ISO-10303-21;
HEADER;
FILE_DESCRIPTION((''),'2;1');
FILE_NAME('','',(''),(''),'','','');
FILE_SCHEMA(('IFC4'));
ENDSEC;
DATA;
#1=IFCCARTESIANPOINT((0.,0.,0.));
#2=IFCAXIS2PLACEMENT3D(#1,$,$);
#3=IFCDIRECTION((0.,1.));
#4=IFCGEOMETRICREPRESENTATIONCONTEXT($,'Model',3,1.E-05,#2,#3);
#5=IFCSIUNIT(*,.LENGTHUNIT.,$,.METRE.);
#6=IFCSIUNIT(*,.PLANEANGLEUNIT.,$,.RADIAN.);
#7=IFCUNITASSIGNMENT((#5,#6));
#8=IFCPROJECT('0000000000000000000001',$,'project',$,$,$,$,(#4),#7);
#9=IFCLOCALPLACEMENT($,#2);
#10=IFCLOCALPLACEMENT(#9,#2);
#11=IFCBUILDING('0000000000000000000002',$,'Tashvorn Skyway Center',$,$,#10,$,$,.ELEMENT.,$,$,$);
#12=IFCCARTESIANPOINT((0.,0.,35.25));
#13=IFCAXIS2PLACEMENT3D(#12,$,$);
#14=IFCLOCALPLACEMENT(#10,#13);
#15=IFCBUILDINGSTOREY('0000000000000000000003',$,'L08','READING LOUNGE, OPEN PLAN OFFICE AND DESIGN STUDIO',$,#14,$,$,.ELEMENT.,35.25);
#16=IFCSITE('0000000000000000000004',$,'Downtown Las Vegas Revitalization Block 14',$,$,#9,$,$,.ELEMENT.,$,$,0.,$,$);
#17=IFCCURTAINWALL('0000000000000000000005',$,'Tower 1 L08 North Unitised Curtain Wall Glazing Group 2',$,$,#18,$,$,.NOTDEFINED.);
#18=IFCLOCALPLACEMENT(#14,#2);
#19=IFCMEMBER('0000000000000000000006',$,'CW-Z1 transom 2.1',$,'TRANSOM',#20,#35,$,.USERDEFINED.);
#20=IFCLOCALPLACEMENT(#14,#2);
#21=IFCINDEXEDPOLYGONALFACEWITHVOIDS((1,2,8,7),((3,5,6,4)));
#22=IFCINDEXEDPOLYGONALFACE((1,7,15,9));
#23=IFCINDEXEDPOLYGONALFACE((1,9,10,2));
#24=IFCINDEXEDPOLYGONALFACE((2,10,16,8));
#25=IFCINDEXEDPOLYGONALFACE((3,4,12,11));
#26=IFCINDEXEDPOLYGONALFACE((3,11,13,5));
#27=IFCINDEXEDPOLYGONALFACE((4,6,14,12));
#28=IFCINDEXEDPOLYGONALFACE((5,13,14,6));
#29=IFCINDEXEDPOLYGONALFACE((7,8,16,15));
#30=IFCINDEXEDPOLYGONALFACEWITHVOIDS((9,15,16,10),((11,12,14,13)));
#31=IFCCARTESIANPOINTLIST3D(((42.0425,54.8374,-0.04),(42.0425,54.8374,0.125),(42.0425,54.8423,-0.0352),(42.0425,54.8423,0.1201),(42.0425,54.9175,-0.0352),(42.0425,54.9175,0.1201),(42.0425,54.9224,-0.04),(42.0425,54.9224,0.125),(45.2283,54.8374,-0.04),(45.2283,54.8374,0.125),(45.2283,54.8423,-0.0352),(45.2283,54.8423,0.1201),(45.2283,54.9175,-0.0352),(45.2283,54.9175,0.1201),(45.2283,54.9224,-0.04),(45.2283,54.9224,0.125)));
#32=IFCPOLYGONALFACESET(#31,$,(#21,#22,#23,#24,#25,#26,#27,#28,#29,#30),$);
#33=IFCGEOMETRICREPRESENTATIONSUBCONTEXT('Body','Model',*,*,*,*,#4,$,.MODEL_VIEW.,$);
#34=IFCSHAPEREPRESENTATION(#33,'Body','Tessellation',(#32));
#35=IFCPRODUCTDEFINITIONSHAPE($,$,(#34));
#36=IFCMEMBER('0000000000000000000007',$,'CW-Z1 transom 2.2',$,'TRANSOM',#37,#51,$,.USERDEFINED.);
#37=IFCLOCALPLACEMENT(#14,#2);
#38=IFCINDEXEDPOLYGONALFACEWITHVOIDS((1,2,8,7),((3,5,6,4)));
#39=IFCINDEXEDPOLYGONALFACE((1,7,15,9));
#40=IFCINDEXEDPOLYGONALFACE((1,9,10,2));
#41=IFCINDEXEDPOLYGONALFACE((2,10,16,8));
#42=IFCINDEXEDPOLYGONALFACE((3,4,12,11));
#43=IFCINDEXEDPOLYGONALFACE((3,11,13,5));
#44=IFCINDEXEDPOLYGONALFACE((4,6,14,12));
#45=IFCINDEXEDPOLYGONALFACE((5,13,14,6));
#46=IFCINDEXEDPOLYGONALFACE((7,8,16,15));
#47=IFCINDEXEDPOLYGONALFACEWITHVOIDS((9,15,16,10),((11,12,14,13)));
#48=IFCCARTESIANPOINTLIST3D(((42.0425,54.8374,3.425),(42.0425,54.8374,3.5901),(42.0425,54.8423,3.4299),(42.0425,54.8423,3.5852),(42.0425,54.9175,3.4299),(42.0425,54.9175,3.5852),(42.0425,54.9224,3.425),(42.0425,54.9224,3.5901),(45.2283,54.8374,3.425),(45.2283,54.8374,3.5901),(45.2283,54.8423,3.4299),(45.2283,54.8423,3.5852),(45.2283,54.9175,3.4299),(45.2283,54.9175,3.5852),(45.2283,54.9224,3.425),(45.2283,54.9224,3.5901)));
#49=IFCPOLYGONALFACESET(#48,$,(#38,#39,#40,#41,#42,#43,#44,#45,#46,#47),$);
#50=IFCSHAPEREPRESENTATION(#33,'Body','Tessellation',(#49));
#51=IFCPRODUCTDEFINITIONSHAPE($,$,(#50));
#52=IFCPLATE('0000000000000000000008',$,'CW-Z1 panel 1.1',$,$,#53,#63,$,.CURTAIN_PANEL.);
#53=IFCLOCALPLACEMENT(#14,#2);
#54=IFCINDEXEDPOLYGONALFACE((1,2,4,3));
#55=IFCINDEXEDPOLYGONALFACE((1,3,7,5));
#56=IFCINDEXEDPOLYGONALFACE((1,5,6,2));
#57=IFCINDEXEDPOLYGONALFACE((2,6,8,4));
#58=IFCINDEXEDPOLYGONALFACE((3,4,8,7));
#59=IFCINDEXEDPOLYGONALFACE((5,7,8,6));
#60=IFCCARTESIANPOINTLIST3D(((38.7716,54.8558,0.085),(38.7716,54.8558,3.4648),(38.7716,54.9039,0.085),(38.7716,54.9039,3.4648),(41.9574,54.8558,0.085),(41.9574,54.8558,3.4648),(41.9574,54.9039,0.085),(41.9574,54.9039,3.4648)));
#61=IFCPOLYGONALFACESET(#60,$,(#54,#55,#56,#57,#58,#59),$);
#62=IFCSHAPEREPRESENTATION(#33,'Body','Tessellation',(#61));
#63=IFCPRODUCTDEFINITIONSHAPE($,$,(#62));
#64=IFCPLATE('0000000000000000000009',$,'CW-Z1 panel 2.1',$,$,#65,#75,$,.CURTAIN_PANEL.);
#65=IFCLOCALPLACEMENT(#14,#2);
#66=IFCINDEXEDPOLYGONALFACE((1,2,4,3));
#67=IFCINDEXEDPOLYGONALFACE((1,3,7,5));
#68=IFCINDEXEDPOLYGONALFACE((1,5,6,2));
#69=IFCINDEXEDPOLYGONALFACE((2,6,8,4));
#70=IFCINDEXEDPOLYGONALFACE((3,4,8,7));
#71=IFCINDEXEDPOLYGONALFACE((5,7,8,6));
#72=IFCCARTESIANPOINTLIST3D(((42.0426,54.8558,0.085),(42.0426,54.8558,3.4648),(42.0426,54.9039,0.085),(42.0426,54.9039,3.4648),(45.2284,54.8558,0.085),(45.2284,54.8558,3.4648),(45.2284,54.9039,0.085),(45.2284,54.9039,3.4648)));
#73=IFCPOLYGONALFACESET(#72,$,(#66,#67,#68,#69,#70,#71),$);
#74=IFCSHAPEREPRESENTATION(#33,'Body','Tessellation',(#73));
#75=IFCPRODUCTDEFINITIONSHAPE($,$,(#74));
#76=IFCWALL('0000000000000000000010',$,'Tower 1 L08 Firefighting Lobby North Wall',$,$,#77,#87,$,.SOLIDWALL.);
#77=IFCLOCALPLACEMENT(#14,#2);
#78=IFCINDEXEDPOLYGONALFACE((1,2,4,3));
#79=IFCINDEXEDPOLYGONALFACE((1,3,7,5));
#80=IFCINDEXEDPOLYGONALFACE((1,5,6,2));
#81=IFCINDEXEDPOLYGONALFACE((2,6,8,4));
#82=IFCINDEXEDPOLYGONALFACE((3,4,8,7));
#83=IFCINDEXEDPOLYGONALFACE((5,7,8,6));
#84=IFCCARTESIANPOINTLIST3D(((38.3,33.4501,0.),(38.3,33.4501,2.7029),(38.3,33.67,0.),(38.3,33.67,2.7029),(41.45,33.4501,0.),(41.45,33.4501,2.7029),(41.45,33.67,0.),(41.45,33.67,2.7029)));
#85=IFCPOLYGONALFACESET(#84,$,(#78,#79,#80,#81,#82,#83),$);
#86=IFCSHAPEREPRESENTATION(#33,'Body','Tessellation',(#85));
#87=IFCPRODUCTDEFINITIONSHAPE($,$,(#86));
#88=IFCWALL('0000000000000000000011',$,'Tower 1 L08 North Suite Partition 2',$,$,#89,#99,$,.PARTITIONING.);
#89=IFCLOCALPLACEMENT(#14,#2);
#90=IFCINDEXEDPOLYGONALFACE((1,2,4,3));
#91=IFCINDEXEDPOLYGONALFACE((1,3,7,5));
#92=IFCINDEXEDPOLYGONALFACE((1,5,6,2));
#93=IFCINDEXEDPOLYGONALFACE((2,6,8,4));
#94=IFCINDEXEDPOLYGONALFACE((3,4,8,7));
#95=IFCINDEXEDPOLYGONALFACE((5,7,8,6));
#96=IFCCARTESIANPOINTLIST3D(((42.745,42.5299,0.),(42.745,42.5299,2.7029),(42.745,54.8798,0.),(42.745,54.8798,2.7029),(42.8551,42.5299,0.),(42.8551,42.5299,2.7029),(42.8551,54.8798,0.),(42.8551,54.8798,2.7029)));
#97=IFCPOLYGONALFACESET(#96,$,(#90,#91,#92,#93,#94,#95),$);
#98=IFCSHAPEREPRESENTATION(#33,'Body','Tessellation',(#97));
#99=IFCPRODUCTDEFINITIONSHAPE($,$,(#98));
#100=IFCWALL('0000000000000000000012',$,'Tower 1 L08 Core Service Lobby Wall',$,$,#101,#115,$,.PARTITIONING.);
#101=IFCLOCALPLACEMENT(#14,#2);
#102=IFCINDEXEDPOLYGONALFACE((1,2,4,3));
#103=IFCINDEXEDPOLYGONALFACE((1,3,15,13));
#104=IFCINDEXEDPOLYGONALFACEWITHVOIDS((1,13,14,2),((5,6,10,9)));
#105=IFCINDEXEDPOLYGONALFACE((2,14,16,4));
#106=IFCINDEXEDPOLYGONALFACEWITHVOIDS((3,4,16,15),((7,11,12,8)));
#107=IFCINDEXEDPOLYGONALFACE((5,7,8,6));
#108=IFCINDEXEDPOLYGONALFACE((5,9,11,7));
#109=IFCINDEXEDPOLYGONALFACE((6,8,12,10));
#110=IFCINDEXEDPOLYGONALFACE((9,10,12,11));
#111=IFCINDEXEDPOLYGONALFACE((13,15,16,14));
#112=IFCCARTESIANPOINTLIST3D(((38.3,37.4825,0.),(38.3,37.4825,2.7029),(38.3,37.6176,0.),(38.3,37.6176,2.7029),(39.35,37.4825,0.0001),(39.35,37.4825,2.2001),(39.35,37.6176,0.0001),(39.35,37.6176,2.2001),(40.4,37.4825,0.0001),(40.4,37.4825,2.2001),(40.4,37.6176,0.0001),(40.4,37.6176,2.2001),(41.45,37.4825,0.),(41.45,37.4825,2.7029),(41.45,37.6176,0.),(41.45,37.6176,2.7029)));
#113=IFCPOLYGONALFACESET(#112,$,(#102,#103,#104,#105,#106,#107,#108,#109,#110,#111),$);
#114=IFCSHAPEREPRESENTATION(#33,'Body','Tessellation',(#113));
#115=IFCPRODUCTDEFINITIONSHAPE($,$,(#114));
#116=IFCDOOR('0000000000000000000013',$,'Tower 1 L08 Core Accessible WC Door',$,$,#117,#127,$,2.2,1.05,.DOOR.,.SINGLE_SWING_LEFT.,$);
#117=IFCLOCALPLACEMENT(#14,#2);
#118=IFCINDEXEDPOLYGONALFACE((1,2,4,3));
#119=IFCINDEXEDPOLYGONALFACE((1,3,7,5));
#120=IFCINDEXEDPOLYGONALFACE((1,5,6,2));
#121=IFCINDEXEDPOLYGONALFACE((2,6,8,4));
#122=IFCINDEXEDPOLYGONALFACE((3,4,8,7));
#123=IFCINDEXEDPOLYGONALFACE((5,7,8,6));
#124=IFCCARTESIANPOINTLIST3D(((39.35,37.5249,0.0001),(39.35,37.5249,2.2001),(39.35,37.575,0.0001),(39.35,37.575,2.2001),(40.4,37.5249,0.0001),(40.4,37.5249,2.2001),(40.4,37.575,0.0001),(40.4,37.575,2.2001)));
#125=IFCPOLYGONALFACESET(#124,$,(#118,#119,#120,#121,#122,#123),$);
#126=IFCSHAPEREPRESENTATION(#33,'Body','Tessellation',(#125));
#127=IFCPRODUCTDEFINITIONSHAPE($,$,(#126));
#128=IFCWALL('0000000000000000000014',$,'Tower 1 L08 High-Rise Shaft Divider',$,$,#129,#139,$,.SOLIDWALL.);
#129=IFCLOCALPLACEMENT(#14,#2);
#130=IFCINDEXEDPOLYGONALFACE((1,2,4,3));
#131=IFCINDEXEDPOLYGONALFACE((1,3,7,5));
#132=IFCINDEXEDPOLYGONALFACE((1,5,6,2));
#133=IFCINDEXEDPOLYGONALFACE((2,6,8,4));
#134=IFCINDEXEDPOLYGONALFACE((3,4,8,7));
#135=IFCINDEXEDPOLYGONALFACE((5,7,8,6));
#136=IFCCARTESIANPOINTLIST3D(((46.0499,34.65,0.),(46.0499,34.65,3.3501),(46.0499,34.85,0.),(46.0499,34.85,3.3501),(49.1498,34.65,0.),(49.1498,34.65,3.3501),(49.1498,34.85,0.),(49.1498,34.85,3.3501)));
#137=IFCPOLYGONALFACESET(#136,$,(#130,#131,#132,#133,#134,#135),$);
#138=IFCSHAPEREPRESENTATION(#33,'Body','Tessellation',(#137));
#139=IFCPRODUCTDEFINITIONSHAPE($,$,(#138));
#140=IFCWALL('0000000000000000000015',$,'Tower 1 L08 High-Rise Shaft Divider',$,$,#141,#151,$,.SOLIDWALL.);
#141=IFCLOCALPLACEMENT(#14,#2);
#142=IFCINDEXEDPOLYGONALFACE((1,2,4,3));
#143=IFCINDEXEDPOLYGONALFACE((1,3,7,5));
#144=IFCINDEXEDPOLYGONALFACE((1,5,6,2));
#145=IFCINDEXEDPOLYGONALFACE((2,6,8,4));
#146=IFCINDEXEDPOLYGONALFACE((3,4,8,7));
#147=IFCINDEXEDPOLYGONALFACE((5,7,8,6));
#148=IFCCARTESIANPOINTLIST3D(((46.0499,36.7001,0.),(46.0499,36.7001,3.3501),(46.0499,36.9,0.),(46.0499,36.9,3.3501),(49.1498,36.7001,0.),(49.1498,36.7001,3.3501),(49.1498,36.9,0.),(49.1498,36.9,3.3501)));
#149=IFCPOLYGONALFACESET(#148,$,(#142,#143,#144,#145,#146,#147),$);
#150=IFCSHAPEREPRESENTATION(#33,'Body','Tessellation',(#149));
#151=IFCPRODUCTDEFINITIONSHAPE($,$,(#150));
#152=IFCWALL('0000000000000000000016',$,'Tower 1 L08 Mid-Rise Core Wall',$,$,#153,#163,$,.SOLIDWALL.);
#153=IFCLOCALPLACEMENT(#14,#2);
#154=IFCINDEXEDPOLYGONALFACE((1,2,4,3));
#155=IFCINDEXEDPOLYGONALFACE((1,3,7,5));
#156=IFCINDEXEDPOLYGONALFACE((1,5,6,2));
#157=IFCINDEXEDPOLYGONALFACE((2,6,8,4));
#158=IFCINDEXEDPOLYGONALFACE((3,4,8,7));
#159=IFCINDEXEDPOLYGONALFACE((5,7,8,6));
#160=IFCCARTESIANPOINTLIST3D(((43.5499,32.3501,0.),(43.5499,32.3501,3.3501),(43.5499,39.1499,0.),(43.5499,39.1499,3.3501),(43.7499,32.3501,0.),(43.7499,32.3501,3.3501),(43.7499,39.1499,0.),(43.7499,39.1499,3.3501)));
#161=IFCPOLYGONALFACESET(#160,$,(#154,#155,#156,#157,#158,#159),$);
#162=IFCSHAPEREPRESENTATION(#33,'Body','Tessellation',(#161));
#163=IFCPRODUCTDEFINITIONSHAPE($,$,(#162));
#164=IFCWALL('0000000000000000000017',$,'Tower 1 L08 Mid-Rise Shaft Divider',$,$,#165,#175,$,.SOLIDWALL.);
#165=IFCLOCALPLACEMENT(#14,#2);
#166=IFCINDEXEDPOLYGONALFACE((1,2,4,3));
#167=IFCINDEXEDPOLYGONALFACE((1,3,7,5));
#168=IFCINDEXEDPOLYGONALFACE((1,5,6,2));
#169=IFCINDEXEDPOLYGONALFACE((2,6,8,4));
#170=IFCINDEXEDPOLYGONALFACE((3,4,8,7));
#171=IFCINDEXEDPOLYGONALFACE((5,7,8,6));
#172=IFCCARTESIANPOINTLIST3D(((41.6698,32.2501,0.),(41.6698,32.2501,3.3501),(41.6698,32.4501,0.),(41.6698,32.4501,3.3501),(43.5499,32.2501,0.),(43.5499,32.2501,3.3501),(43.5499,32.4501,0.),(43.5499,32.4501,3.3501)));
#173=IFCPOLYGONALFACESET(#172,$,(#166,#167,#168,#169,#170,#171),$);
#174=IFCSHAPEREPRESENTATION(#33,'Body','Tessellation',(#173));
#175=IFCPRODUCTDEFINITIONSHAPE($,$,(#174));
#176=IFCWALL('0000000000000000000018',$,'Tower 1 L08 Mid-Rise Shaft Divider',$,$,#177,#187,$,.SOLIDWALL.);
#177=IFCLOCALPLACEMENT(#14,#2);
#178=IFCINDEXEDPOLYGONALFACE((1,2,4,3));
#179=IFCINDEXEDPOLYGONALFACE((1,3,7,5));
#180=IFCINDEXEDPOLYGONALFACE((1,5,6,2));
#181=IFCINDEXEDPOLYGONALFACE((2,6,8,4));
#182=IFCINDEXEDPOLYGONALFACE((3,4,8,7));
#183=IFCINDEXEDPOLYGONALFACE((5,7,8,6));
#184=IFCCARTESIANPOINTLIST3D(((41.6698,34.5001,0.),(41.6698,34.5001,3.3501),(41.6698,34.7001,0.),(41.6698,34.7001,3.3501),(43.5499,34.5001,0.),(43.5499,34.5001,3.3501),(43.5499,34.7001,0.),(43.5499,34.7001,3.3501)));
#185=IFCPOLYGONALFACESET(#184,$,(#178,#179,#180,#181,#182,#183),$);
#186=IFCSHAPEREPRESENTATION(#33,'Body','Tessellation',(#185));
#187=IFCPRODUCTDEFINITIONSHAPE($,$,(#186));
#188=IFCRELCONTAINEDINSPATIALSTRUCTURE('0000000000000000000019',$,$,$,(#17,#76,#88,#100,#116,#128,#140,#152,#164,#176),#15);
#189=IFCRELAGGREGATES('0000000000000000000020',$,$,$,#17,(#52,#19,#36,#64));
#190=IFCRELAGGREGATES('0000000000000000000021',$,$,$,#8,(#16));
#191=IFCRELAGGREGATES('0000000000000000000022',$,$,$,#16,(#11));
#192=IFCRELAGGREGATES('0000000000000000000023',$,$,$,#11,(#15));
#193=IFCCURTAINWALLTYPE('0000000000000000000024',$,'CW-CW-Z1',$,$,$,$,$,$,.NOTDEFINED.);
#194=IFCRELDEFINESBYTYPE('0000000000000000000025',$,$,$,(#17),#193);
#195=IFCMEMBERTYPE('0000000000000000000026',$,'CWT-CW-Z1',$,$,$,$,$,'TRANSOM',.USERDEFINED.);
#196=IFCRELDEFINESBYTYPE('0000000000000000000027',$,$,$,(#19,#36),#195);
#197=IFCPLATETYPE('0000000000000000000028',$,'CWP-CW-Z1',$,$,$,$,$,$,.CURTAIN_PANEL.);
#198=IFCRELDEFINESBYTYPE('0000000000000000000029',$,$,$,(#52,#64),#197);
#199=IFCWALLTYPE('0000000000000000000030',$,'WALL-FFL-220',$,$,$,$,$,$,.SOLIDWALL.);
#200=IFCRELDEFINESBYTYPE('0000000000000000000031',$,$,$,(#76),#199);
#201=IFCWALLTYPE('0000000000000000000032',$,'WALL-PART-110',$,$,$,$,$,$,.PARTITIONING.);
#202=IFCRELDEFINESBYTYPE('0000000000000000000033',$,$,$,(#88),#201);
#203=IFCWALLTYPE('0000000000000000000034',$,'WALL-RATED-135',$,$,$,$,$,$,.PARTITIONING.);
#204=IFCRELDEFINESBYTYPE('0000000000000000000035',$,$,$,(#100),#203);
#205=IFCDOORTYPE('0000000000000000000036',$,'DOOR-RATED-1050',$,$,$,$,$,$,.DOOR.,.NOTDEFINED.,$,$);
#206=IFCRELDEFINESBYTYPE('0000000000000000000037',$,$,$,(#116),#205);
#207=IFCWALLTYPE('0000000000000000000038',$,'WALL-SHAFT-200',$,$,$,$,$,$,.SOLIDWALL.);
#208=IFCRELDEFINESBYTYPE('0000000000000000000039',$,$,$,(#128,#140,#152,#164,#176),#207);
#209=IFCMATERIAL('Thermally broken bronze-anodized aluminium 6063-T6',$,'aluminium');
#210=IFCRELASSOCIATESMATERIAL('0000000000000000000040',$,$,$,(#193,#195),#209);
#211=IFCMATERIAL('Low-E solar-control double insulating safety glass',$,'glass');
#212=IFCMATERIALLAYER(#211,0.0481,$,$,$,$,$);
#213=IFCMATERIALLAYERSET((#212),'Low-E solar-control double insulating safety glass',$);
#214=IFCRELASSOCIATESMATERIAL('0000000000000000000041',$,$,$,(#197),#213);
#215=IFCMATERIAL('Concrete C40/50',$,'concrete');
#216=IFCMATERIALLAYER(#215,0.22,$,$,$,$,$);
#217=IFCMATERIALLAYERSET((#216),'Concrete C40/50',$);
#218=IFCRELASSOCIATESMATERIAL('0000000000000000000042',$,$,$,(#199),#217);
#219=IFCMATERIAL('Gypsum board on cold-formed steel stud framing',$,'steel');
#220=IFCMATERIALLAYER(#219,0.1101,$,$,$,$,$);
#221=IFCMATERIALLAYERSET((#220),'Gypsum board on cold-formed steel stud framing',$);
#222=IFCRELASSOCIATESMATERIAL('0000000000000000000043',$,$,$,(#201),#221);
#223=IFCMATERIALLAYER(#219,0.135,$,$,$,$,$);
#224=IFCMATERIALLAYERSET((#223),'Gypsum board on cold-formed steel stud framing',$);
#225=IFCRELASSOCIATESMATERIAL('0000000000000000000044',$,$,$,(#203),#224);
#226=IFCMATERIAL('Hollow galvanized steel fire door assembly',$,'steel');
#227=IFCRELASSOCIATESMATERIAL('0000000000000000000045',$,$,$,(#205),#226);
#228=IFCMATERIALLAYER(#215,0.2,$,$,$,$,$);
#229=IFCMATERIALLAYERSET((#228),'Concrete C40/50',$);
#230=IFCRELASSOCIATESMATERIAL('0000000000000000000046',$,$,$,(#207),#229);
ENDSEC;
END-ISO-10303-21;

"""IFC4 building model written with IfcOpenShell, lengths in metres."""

from ifc_helpers import new_model, si_unit, direction, frame, frame_2d, origin, origin_2d, place, context, subcontext, project, spatial, rectangle, hollow_rectangle, extrude, material, layer, layer_set, material_profile, profile_set, type_object, element, fill, aggregate, save


model = new_model("IFC4")

# Units and contexts
model_context = context("Model", 3, precision=1e-05, world=origin(), true_north=direction((0.0, 1.0)))
body_context = subcontext(model_context, "Body", "Model", "MODEL_VIEW")
ifc_project = project(units=[si_unit("LENGTHUNIT", "METRE"), si_unit("PLANEANGLEUNIT", "RADIAN")], contexts=[model_context])

# Site, building, storey
site_placement = place(None, origin())
site = spatial("IfcSite", under=ifc_project, at=site_placement, Name="Downtown Las Vegas Revitalization Block 14", CompositionType="ELEMENT", RefElevation=0.0)
building_placement = place(site_placement, origin())
building = spatial("IfcBuilding", under=site, at=building_placement, Name="Tashvorn Skyway Center", CompositionType="ELEMENT")
storey_placement = place(building_placement, frame((0.0, 0.0, 35.25)))
storey = spatial("IfcBuildingStorey", under=building, at=storey_placement, Name="L08", Description="READING LOUNGE, OPEN PLAN OFFICE AND DESIGN STUDIO", CompositionType="ELEMENT", Elevation=35.25)

# Curtain wall, members, plates
ifc_material_1 = material(Name="Thermally broken bronze-anodized aluminium 6063-T6", Category="aluminium")
curtain_wall_type = type_object("IfcCurtainWallType", Name="CW-CW-Z1", PredefinedType="NOTDEFINED", material=ifc_material_1)
curtain_wall_placement = place(storey_placement, origin())
curtain_wall = element("IfcCurtainWall", 1, at=curtain_wall_placement, inside=storey, type_object=curtain_wall_type, Name="Tower 1 L08 North Unitised Curtain Wall Glazing Group 2", PredefinedType="NOTDEFINED")
ifc_material_profile_1 = material_profile(ifc_material_1, hollow_rectangle(XDim=0.085, YDim=0.165, WallThickness=0.0049, at=origin_2d()), Name="ALU-TRAN-85x165")
ifc_profile_set_1 = profile_set([ifc_material_profile_1], Name="Thermally broken bronze-anodized aluminium 6063-T6")
member_type_1 = type_object("IfcMemberType", Name="CWT-CW-Z1", ElementType="TRANSOM", PredefinedType="USERDEFINED", material=ifc_profile_set_1)
member_1_placement = place(storey_placement, frame((42.0425, 54.8799, 0.0425), z_axis=(1.0, 0.0, 0.0), x_axis=(0.0, 1.0, 0.0)))
member_1 = element("IfcMember", 2, at=member_1_placement, type_object=member_type_1, Name="CW-Z1 transom 2.1", ObjectType="TRANSOM", PredefinedType="USERDEFINED", context=body_context, shape_type="SweptSolid", body=[
    extrude(hollow_rectangle(XDim=0.085, YDim=0.165, WallThickness=0.0049, at=origin_2d()), origin(), (0.0, 0.0, 1.0), 3.1858),
])
member_2_placement = place(storey_placement, frame((42.0425, 54.8799, 3.5076), z_axis=(1.0, 0.0, 0.0), x_axis=(0.0, 1.0, 0.0)))
member_2 = element("IfcMember", 3, at=member_2_placement, type_object=member_type_1, Name="CW-Z1 transom 2.2", ObjectType="TRANSOM", PredefinedType="USERDEFINED", context=body_context, shape_type="SweptSolid", body=[
    extrude(hollow_rectangle(XDim=0.085, YDim=0.165, WallThickness=0.0049, at=origin_2d()), origin(), (0.0, 0.0, 1.0), 3.1858),
])
ifc_material_2 = material(Name="Low-E solar-control double insulating safety glass", Category="glass")
ifc_layer_1 = layer(ifc_material_2, 0.0481)
ifc_layer_set_1 = layer_set([ifc_layer_1], Name="Low-E solar-control double insulating safety glass")
plate_type = type_object("IfcPlateType", Name="CWP-CW-Z1", PredefinedType="CURTAIN_PANEL", material=ifc_layer_set_1)
plate_1_placement = place(storey_placement, frame((40.3645, 54.8799, 0.085), z_axis=(0.0, 0.0, 1.0), x_axis=(1.0, 0.0, 0.0)))
plate_1 = element("IfcPlate", 4, at=plate_1_placement, type_object=plate_type, Name="CW-Z1 panel 1.1", PredefinedType="CURTAIN_PANEL", context=body_context, shape_type="SweptSolid", body=[
    extrude(rectangle(XDim=3.1858, YDim=0.0481, at=origin_2d()), origin(), (0.0, 0.0, 1.0), 3.3799),
])
plate_2_placement = place(storey_placement, frame((43.6355, 54.8799, 0.085), z_axis=(0.0, 0.0, 1.0), x_axis=(1.0, 0.0, 0.0)))
plate_2 = element("IfcPlate", 5, at=plate_2_placement, type_object=plate_type, Name="CW-Z1 panel 2.1", PredefinedType="CURTAIN_PANEL", context=body_context, shape_type="SweptSolid", body=[
    extrude(rectangle(XDim=3.1858, YDim=0.0481, at=origin_2d()), origin(), (0.0, 0.0, 1.0), 3.3799),
])
aggregate(curtain_wall, [plate_1, member_1, member_2, plate_2])

# Walls
ifc_material_3 = material(Name="Concrete C40/50", Category="concrete")
ifc_layer_2 = layer(ifc_material_3, 0.22)
ifc_layer_set_2 = layer_set([ifc_layer_2], Name="Concrete C40/50")
wall_type_1 = type_object("IfcWallType", Name="WALL-FFL-220", PredefinedType="SOLIDWALL", material=ifc_layer_set_2)
wall_1_placement = place(storey_placement, frame((38.3, 33.5601, 0.0), z_axis=(0.0, 0.0, 1.0), x_axis=(1.0, 0.0, 0.0)))
element("IfcWall", 6, at=wall_1_placement, inside=storey, type_object=wall_type_1, Name="Tower 1 L08 Firefighting Lobby North Wall", PredefinedType="SOLIDWALL", context=body_context, shape_type="SweptSolid", body=[
    extrude(rectangle(XDim=3.1499, YDim=0.22, at=frame_2d((1.575, 0.0))), origin(), (0.0, 0.0, 1.0), 2.7029),
])
ifc_material_4 = material(Name="Gypsum board on cold-formed steel stud framing", Category="steel")
ifc_layer_3 = layer(ifc_material_4, 0.1101)
ifc_layer_set_3 = layer_set([ifc_layer_3], Name="Gypsum board on cold-formed steel stud framing")
wall_type_2 = type_object("IfcWallType", Name="WALL-PART-110", PredefinedType="PARTITIONING", material=ifc_layer_set_3)
wall_2_placement = place(storey_placement, frame((42.8, 42.53, 0.0), z_axis=(0.0, 0.0, 1.0), x_axis=(0.0, 1.0, 0.0)))
element("IfcWall", 7, at=wall_2_placement, inside=storey, type_object=wall_type_2, Name="Tower 1 L08 North Suite Partition 2", PredefinedType="PARTITIONING", context=body_context, shape_type="SweptSolid", body=[
    extrude(rectangle(XDim=12.3499, YDim=0.1101, at=frame_2d((6.1748, 0.0))), origin(), (0.0, 0.0, 1.0), 2.7029),
])

# Wall, opening, door
ifc_layer_4 = layer(ifc_material_4, 0.135)
ifc_layer_set_4 = layer_set([ifc_layer_4], Name="Gypsum board on cold-formed steel stud framing")
wall_type_3 = type_object("IfcWallType", Name="WALL-RATED-135", PredefinedType="PARTITIONING", material=ifc_layer_set_4)
wall_3_placement = place(storey_placement, frame((38.3, 37.55, 0.0), z_axis=(0.0, 0.0, 1.0), x_axis=(1.0, 0.0, 0.0)))
wall_3 = element("IfcWall", 8, at=wall_3_placement, inside=storey, type_object=wall_type_3, Name="Tower 1 L08 Core Service Lobby Wall", PredefinedType="PARTITIONING", context=body_context, shape_type="SweptSolid", body=[
    extrude(rectangle(XDim=3.1499, YDim=0.135, at=frame_2d((1.575, 0.0))), origin(), (0.0, 0.0, 1.0), 2.7029),
])
opening_1_placement = place(wall_3_placement, frame((1.05, 0.0, 0.0)))
opening_1 = element("IfcOpeningElement", 9, at=opening_1_placement, cuts=wall_3, PredefinedType="OPENING", context=body_context, shape_type="SweptSolid", body=[
    extrude(rectangle(XDim=1.05, YDim=2.2, at=frame_2d((0.5249, 1.1001))), frame((0.0, 0.0774, 0.0), z_axis=(0.0, -1.0, 0.0), x_axis=(1.0, 0.0, 0.0)), (0.0, 0.0, 1.0), 0.155),
])
ifc_material_5 = material(Name="Hollow galvanized steel fire door assembly", Category="steel")
door_type_1 = type_object("IfcDoorType", Name="DOOR-RATED-1050", OperationType="NOTDEFINED", PredefinedType="DOOR", material=ifc_material_5)
door_1_placement = place(opening_1_placement, origin())
door_1 = element("IfcDoor", 10, at=door_1_placement, inside=storey, type_object=door_type_1, Name="Tower 1 L08 Core Accessible WC Door", OperationType="SINGLE_SWING_LEFT", OverallHeight=2.2, OverallWidth=1.05, PredefinedType="DOOR", context=body_context, shape_type="SweptSolid", body=[
    extrude(rectangle(XDim=1.05, YDim=2.2, at=frame_2d((0.5249, 1.1001))), frame((0.0, 0.0249, 0.0), z_axis=(0.0, -1.0, 0.0), x_axis=(1.0, 0.0, 0.0)), (0.0, 0.0, 1.0), 0.05),
])
fill(opening_1, door_1)

# Walls
ifc_layer_5 = layer(ifc_material_3, 0.2)
ifc_layer_set_5 = layer_set([ifc_layer_5], Name="Concrete C40/50")
wall_type_4 = type_object("IfcWallType", Name="WALL-SHAFT-200", PredefinedType="SOLIDWALL", material=ifc_layer_set_5)
for number, where, z_axis, x_axis, name in (
    (11, (46.05, 34.75, 0.0), (0.0, 0.0, 1.0), (1.0, 0.0, 0.0), "Tower 1 L08 High-Rise Shaft Divider"),
    (12, (46.05, 36.8, 0.0), (0.0, 0.0, 1.0), (1.0, 0.0, 0.0), "Tower 1 L08 High-Rise Shaft Divider"),
):
    element("IfcWall", number, at=place(storey_placement, frame(where, z_axis=z_axis, x_axis=x_axis)), inside=storey, type_object=wall_type_4, Name=name, PredefinedType="SOLIDWALL", context=body_context, shape_type="SweptSolid", body=[
        extrude(rectangle(XDim=3.0999, YDim=0.2, at=frame_2d((1.5498, 0.0))), origin(), (0.0, 0.0, 1.0), 3.3501),
    ])
wall_4_placement = place(storey_placement, frame((43.6499, 32.3501, 0.0), z_axis=(0.0, 0.0, 1.0), x_axis=(0.0, 1.0, 0.0)))
element("IfcWall", 13, at=wall_4_placement, inside=storey, type_object=wall_type_4, Name="Tower 1 L08 Mid-Rise Core Wall", PredefinedType="SOLIDWALL", context=body_context, shape_type="SweptSolid", body=[
    extrude(rectangle(XDim=6.7998, YDim=0.2, at=frame_2d((3.3999, 0.0))), origin(), (0.0, 0.0, 1.0), 3.3501),
])
for number, where, z_axis, x_axis, name in (
    (14, (41.6699, 32.3501, 0.0), (0.0, 0.0, 1.0), (1.0, 0.0, 0.0), "Tower 1 L08 Mid-Rise Shaft Divider"),
    (15, (41.6699, 34.6001, 0.0), (0.0, 0.0, 1.0), (1.0, 0.0, 0.0), "Tower 1 L08 Mid-Rise Shaft Divider"),
):
    element("IfcWall", number, at=place(storey_placement, frame(where, z_axis=z_axis, x_axis=x_axis)), inside=storey, type_object=wall_type_4, Name=name, PredefinedType="SOLIDWALL", context=body_context, shape_type="SweptSolid", body=[
        extrude(rectangle(XDim=1.8801, YDim=0.2, at=frame_2d((0.9399, 0.0))), origin(), (0.0, 0.0, 1.0), 3.3501),
    ])

save(model, "model.ifc")
